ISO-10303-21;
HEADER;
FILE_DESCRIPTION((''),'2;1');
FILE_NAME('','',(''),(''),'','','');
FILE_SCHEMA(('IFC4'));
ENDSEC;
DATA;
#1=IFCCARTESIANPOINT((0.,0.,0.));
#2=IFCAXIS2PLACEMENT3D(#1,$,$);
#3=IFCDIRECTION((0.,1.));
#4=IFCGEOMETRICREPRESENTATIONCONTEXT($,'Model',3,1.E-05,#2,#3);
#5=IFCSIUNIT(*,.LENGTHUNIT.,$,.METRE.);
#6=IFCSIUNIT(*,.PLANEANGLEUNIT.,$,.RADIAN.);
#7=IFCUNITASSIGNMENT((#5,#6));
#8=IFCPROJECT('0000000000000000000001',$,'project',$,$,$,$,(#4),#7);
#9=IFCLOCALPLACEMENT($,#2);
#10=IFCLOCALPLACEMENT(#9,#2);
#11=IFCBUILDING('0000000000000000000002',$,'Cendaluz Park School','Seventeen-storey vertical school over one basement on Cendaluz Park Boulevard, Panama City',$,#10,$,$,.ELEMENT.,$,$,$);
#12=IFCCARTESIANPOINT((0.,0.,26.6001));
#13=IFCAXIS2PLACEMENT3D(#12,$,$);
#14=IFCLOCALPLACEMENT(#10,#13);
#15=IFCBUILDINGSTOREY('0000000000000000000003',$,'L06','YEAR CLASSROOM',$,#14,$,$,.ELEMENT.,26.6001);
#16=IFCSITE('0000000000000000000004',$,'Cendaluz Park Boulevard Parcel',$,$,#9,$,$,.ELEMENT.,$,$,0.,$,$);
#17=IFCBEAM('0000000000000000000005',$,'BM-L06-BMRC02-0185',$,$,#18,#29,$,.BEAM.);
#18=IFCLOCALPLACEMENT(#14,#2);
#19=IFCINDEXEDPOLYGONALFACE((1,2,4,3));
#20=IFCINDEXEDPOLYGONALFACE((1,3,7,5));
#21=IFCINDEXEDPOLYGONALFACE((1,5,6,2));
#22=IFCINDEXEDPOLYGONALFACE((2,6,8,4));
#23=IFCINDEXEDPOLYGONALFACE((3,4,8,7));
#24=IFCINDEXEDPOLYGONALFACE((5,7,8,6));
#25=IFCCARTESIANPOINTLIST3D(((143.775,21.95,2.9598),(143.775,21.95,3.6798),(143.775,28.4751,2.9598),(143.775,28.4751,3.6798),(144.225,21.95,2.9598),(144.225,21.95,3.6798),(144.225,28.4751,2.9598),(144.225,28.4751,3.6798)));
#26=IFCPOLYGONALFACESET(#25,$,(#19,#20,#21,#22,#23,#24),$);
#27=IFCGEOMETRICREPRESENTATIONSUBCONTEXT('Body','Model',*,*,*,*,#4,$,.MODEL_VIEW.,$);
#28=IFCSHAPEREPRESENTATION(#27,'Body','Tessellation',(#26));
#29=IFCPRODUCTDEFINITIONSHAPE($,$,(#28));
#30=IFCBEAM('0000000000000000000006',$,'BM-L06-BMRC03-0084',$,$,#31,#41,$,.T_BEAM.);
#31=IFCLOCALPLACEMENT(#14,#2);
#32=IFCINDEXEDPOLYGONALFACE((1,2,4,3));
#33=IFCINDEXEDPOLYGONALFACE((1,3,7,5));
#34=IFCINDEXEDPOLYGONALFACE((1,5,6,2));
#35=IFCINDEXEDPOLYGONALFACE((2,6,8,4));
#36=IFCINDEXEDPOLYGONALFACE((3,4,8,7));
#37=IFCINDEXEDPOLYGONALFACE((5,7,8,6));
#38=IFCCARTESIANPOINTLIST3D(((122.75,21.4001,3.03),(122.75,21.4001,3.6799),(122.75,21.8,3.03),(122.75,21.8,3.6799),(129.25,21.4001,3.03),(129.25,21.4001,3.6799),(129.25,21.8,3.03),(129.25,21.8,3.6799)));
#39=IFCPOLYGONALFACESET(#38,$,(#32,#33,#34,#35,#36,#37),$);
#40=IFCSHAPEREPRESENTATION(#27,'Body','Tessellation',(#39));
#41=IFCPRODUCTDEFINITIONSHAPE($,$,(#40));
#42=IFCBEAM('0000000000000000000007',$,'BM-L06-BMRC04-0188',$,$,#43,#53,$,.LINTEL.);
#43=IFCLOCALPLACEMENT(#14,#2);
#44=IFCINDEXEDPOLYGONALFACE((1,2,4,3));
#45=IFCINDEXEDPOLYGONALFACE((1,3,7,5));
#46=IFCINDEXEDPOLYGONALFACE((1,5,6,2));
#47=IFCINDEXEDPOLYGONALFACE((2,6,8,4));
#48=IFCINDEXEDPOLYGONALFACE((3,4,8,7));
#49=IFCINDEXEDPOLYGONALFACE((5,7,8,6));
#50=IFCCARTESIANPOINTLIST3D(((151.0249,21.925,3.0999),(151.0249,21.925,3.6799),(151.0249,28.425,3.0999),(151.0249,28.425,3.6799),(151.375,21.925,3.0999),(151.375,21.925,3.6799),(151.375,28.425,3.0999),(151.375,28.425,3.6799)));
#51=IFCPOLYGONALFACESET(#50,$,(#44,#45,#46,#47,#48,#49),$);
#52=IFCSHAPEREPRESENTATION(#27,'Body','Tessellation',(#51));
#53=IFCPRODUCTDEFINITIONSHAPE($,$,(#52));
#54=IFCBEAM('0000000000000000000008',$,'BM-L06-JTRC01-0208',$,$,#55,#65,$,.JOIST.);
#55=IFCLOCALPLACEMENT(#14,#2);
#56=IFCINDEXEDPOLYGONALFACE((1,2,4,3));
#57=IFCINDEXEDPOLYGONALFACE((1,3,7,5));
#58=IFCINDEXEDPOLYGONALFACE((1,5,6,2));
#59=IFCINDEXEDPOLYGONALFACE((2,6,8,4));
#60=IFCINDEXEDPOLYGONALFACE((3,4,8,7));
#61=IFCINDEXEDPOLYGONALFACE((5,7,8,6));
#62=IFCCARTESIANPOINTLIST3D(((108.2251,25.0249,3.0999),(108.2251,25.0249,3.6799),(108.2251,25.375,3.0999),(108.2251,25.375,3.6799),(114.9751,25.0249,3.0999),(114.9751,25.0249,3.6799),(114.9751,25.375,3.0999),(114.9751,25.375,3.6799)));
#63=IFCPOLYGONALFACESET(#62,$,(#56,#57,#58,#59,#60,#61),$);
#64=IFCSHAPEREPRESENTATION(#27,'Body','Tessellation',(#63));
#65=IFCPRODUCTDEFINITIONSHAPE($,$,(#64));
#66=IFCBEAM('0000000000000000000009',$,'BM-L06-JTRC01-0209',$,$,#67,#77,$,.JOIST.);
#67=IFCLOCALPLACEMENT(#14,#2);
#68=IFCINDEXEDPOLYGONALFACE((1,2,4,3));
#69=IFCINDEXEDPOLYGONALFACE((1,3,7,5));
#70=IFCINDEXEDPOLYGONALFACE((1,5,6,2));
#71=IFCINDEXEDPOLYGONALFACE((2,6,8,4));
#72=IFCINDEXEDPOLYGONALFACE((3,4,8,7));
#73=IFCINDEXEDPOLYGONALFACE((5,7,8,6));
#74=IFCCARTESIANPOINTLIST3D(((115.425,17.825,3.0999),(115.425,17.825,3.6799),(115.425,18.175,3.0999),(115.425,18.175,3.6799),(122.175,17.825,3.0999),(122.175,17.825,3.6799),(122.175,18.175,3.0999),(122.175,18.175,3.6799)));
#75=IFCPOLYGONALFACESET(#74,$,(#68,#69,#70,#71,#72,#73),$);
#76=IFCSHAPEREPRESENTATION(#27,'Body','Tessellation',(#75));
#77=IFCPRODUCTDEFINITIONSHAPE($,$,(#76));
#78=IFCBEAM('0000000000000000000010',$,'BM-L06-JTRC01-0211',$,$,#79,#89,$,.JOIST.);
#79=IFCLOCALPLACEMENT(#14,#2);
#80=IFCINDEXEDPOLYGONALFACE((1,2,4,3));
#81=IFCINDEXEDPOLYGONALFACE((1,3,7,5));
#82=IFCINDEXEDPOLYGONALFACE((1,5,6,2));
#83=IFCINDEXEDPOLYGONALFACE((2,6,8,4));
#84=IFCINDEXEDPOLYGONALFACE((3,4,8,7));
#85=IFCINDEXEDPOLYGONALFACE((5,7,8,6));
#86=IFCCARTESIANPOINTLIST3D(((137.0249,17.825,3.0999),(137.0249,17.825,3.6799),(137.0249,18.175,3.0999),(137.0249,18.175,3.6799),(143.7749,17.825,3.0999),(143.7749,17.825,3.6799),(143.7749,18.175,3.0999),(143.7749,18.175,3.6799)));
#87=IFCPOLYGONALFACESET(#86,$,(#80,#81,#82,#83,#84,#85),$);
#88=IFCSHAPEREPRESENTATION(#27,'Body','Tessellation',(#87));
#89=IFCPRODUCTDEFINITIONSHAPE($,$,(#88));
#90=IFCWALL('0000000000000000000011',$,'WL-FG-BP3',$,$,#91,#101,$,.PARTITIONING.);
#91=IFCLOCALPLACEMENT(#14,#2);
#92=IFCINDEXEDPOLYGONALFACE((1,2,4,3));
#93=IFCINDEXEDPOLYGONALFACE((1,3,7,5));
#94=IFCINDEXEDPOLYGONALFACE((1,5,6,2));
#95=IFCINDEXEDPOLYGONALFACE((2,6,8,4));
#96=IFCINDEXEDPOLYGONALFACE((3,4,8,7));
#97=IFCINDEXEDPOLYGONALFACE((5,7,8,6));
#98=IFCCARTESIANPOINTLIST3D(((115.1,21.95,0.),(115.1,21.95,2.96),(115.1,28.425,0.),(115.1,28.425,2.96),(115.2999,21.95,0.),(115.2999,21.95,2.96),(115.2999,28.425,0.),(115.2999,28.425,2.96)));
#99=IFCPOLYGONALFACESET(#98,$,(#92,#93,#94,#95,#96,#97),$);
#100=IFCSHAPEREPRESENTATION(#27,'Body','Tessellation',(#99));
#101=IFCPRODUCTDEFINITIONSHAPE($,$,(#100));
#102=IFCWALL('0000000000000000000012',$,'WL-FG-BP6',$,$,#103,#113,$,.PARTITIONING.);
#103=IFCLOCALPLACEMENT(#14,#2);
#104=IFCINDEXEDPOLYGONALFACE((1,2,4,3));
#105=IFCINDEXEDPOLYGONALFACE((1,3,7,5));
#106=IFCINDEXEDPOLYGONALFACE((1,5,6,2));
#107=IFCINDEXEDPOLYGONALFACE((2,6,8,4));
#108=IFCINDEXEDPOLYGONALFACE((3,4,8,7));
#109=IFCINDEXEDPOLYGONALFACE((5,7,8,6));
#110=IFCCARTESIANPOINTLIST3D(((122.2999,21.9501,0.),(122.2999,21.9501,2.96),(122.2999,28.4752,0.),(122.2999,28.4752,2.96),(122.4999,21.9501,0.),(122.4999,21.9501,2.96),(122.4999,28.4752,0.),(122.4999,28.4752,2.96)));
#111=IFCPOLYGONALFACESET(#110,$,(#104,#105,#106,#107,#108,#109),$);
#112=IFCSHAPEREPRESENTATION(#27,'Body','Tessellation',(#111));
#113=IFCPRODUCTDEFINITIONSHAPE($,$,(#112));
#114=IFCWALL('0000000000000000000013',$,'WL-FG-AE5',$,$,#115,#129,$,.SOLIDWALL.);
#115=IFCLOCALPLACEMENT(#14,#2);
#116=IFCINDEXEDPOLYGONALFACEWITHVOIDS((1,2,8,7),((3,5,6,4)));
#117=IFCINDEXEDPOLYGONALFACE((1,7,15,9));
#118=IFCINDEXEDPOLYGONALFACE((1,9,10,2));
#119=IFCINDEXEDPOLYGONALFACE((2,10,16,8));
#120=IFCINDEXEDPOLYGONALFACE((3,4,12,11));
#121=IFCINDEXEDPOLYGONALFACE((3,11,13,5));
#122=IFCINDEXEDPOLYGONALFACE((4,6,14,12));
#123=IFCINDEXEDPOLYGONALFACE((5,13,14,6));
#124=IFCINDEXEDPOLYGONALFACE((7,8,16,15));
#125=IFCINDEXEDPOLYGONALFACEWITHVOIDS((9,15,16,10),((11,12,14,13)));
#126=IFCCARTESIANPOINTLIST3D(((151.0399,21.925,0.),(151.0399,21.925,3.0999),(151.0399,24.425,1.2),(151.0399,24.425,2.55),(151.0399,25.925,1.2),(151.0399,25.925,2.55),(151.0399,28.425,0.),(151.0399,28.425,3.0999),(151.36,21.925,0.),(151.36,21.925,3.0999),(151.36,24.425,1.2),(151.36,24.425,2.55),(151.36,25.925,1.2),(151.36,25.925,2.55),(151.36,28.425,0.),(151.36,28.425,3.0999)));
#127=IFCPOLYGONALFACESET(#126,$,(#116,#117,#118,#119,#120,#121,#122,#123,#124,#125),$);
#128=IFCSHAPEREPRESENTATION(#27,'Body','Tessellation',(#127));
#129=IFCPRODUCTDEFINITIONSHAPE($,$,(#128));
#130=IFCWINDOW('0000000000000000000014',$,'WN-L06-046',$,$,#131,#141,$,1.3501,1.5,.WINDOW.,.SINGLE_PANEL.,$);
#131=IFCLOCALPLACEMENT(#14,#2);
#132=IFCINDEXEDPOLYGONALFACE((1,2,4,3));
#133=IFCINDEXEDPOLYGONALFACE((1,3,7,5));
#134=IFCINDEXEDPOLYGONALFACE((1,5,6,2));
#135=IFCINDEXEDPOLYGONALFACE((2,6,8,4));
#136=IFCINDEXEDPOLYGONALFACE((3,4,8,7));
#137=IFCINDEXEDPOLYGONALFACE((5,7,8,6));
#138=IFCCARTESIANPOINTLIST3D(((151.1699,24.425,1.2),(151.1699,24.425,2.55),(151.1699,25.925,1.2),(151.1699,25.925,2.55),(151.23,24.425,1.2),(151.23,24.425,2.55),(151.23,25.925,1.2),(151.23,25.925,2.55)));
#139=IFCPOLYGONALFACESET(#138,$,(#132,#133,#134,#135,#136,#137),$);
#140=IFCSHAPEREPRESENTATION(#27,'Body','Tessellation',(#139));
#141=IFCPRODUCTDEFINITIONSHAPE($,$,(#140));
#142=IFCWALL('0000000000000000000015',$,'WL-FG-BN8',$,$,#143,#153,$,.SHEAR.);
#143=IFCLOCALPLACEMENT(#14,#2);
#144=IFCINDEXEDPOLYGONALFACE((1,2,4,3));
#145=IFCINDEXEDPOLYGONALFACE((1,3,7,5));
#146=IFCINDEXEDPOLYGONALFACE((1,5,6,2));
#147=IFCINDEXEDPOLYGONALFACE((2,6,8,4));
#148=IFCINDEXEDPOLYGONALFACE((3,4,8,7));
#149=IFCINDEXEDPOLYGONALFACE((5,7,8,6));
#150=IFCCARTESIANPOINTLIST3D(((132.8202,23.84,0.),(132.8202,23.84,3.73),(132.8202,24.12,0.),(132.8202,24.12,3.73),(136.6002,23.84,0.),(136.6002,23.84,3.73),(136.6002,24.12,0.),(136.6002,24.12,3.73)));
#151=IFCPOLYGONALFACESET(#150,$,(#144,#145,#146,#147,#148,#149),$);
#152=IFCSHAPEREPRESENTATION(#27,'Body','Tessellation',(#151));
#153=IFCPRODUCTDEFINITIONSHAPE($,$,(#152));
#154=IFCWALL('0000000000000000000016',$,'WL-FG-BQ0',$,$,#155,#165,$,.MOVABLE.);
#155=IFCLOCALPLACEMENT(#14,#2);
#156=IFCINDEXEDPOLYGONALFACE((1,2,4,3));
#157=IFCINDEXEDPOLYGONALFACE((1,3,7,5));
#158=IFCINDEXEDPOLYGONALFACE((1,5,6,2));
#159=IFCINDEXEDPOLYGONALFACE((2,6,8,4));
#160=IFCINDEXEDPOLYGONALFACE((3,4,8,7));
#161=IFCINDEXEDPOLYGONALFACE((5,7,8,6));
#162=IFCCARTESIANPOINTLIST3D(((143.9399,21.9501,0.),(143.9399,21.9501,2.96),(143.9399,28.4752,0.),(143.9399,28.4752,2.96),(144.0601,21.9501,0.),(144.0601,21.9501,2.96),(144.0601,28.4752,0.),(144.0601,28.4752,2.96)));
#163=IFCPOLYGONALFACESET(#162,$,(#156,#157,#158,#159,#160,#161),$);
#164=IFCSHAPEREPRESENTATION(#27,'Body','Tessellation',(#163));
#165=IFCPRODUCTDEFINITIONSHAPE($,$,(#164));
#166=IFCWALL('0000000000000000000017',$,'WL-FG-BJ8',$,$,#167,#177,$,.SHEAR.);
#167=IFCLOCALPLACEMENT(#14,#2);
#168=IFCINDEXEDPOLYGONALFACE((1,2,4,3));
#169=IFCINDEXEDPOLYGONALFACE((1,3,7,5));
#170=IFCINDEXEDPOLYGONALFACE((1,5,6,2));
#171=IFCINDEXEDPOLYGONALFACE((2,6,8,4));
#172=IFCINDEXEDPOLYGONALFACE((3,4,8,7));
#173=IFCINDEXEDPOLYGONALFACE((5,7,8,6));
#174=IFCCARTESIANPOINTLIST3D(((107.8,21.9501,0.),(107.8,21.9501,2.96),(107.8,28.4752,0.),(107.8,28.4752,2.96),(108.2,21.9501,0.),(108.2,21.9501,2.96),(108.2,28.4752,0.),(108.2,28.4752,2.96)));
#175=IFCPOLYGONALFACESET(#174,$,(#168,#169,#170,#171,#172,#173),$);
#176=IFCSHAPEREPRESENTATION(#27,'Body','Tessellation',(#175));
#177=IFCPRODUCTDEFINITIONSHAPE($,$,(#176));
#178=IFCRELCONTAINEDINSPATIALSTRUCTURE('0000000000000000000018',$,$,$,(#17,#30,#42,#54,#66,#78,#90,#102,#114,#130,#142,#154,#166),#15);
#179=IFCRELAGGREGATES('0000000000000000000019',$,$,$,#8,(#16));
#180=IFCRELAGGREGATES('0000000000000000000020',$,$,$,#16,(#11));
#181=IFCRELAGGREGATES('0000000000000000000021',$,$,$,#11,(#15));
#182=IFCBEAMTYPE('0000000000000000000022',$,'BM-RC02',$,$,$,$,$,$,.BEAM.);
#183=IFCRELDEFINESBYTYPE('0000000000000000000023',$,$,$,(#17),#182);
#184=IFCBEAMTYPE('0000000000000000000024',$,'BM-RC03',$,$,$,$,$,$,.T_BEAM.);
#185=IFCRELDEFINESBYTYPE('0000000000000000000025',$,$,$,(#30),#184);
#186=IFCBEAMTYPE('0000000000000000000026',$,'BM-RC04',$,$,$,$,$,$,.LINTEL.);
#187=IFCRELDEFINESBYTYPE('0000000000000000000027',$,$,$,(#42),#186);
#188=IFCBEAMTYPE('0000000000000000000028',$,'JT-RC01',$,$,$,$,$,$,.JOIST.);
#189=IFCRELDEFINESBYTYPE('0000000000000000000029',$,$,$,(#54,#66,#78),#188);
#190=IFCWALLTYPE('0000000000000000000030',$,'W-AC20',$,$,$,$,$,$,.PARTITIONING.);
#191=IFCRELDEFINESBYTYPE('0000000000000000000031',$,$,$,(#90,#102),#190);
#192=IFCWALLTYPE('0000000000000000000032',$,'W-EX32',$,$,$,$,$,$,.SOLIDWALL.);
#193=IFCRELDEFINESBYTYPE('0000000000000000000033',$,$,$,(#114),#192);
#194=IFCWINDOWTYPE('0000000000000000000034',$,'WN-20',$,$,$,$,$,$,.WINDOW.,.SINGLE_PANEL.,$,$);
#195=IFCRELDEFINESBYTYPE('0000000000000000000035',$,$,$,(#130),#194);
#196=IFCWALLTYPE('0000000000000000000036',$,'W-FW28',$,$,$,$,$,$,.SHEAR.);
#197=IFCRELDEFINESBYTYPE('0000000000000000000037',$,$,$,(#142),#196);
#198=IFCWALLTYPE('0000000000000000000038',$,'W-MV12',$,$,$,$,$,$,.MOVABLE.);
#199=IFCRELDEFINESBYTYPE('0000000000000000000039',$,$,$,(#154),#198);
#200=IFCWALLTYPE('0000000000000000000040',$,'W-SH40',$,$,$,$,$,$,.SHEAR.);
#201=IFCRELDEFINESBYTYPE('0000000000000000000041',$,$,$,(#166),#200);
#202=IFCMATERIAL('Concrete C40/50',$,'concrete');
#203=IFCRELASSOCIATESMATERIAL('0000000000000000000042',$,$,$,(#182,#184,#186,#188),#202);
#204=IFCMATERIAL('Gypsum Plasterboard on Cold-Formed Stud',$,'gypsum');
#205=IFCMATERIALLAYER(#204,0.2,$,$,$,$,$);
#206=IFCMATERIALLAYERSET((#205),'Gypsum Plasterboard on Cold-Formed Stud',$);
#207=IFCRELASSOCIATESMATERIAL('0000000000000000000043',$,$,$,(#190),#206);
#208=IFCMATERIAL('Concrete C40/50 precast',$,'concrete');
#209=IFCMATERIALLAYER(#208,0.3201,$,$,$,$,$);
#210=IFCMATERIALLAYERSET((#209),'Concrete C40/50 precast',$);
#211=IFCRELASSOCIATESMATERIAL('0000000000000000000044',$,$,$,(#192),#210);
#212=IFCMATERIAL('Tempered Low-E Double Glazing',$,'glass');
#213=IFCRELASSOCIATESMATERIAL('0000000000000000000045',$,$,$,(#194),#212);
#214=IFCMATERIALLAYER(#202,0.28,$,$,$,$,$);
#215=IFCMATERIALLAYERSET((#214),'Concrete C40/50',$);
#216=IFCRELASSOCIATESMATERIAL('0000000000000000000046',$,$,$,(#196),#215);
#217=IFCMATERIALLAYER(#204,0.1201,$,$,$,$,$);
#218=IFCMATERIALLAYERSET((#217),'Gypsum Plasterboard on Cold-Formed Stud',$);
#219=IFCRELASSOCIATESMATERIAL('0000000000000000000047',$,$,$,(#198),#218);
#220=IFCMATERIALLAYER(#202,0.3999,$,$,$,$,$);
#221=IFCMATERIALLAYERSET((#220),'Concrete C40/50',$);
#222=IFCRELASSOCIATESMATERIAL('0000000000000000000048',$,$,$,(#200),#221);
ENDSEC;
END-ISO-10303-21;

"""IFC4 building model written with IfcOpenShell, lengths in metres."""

from ifc_helpers import new_model, si_unit, direction, frame, frame_2d, origin, origin_2d, place, context, subcontext, project, spatial, rectangle, extrude, material, layer, layer_set, material_profile, profile_set, type_object, element, fill, save


model = new_model("IFC4")

# Units and contexts
model_context = context("Model", 3, precision=1e-05, world=origin(), true_north=direction((0.0, 1.0)))
body_context = subcontext(model_context, "Body", "Model", "MODEL_VIEW")
ifc_project = project(units=[si_unit("LENGTHUNIT", "METRE"), si_unit("PLANEANGLEUNIT", "RADIAN")], contexts=[model_context])

# Site, building, storey
site_placement = place(None, origin())
site = spatial("IfcSite", under=ifc_project, at=site_placement, Name="Cendaluz Park Boulevard Parcel", CompositionType="ELEMENT", RefElevation=0.0)
building_placement = place(site_placement, origin())
building = spatial("IfcBuilding", under=site, at=building_placement, Name="Cendaluz Park School", Description="Seventeen-storey vertical school over one basement on Cendaluz Park Boulevard, Panama City", CompositionType="ELEMENT")
storey_placement = place(building_placement, frame((0.0, 0.0, 26.6001)))
storey = spatial("IfcBuildingStorey", under=building, at=storey_placement, Name="L06", Description="YEAR CLASSROOM", CompositionType="ELEMENT", Elevation=26.6001)

# Shared definitions
ifc_material_1 = material(Name="Concrete C40/50", Category="concrete")

# Beams
ifc_material_profile_1 = material_profile(ifc_material_1, rectangle(XDim=0.45, YDim=0.72, at=origin_2d()), Name="RC 450x720", Category="concrete")
ifc_profile_set_1 = profile_set([ifc_material_profile_1], Name="Concrete C40/50")
beam_type_1 = type_object("IfcBeamType", Name="BM-RC02", PredefinedType="BEAM", material=ifc_profile_set_1)
for number, where, z_axis, x_axis, name in (
    (1, (144.0, 21.95, 3.3198), (0.0, 1.0, 0.0), (-1.0, 0.0, 0.0), "BM-L06-BMRC02-0185"),
):
    element("IfcBeam", number, at=place(storey_placement, frame(where, z_axis=z_axis, x_axis=x_axis)), inside=storey, type_object=beam_type_1, Name=name, PredefinedType="BEAM", context=body_context, shape_type="SweptSolid", body=[
        extrude(rectangle(XDim=0.45, YDim=0.72, at=origin_2d()), origin(), (0.0, 0.0, 1.0), 6.5251),
    ])
ifc_material_profile_2 = material_profile(ifc_material_1, rectangle(XDim=0.3999, YDim=0.6499, at=origin_2d()), Name="RC 400x650", Category="concrete")
ifc_profile_set_2 = profile_set([ifc_material_profile_2], Name="Concrete C40/50")
beam_type_2 = type_object("IfcBeamType", Name="BM-RC03", PredefinedType="T_BEAM", material=ifc_profile_set_2)
beam_1_placement = place(storey_placement, frame((122.75, 21.6001, 3.355), z_axis=(1.0, 0.0, 0.0), x_axis=(0.0, 1.0, 0.0)))
element("IfcBeam", 2, at=beam_1_placement, inside=storey, type_object=beam_type_2, Name="BM-L06-BMRC03-0084", PredefinedType="T_BEAM", context=body_context, shape_type="SweptSolid", body=[
    extrude(rectangle(XDim=0.3999, YDim=0.6499, at=origin_2d()), origin(), (0.0, 0.0, 1.0), 6.5),
])
ifc_material_profile_3 = material_profile(ifc_material_1, rectangle(XDim=0.3501, YDim=0.5801, at=origin_2d()), Name="RC 350x580", Category="concrete")
ifc_profile_set_3 = profile_set([ifc_material_profile_3], Name="Concrete C40/50")
beam_type_3 = type_object("IfcBeamType", Name="BM-RC04", PredefinedType="LINTEL", material=ifc_profile_set_3)
beam_2_placement = place(storey_placement, frame((151.2, 21.925, 3.3899), z_axis=(0.0, 1.0, 0.0), x_axis=(-1.0, 0.0, 0.0)))
element("IfcBeam", 3, at=beam_2_placement, inside=storey, type_object=beam_type_3, Name="BM-L06-BMRC04-0188", PredefinedType="LINTEL", context=body_context, shape_type="SweptSolid", body=[
    extrude(rectangle(XDim=0.3501, YDim=0.5801, at=origin_2d()), origin(), (0.0, 0.0, 1.0), 6.5),
])
ifc_material_profile_4 = material_profile(ifc_material_1, rectangle(XDim=0.3501, YDim=0.5801, at=origin_2d()), Name="RC 350x580", Category="concrete")
ifc_profile_set_4 = profile_set([ifc_material_profile_4], Name="Concrete C40/50")
beam_type_4 = type_object("IfcBeamType", Name="JT-RC01", PredefinedType="JOIST", material=ifc_profile_set_4)
for number, where, z_axis, x_axis, name in (
    (4, (108.2251, 25.2, 3.3899), (1.0, 0.0, 0.0), (0.0, 1.0, 0.0), "BM-L06-JTRC01-0208"),
    (5, (115.425, 18.0, 3.3899), (1.0, 0.0, 0.0), (0.0, 1.0, 0.0), "BM-L06-JTRC01-0209"),
    (6, (137.0249, 18.0, 3.3899), (1.0, 0.0, 0.0), (0.0, 1.0, 0.0), "BM-L06-JTRC01-0211"),
):
    element("IfcBeam", number, at=place(storey_placement, frame(where, z_axis=z_axis, x_axis=x_axis)), inside=storey, type_object=beam_type_4, Name=name, PredefinedType="JOIST", context=body_context, shape_type="SweptSolid", body=[
        extrude(rectangle(XDim=0.3501, YDim=0.5801, at=origin_2d()), origin(), (0.0, 0.0, 1.0), 6.75),
    ])

# Walls
ifc_material_2 = material(Name="Gypsum Plasterboard on Cold-Formed Stud", Category="gypsum")
ifc_layer_1 = layer(ifc_material_2, 0.2)
ifc_layer_set_1 = layer_set([ifc_layer_1], Name="Gypsum Plasterboard on Cold-Formed Stud")
wall_type_1 = type_object("IfcWallType", Name="W-AC20", PredefinedType="PARTITIONING", material=ifc_layer_set_1)
wall_1_placement = place(storey_placement, frame((115.2, 21.95, 0.0), z_axis=(0.0, 0.0, 1.0), x_axis=(0.0, 1.0, 0.0)))
element("IfcWall", 7, at=wall_1_placement, inside=storey, type_object=wall_type_1, Name="WL-FG-BP3", PredefinedType="PARTITIONING", context=body_context, shape_type="SweptSolid", body=[
    extrude(rectangle(XDim=6.4751, YDim=0.2, at=frame_2d((3.2375, 0.0))), origin(), (0.0, 0.0, 1.0), 2.96),
])
wall_2_placement = place(storey_placement, frame((122.3999, 21.95, 0.0), z_axis=(0.0, 0.0, 1.0), x_axis=(0.0, 1.0, 0.0)))
element("IfcWall", 8, at=wall_2_placement, inside=storey, type_object=wall_type_1, Name="WL-FG-BP6", PredefinedType="PARTITIONING", context=body_context, shape_type="SweptSolid", body=[
    extrude(rectangle(XDim=6.5251, YDim=0.2, at=frame_2d((3.2627, 0.0))), origin(), (0.0, 0.0, 1.0), 2.96),
])

# Wall, opening, window
ifc_material_3 = material(Name="Concrete C40/50 precast", Category="concrete")
ifc_layer_2 = layer(ifc_material_3, 0.3201)
ifc_layer_set_2 = layer_set([ifc_layer_2], Name="Concrete C40/50 precast")
wall_type_2 = type_object("IfcWallType", Name="W-EX32", PredefinedType="SOLIDWALL", material=ifc_layer_set_2)
wall_3_placement = place(storey_placement, frame((151.2, 21.925, 0.0), z_axis=(0.0, 0.0, 1.0), x_axis=(0.0, 1.0, 0.0)))
wall_3 = element("IfcWall", 9, at=wall_3_placement, inside=storey, type_object=wall_type_2, Name="WL-FG-AE5", PredefinedType="SOLIDWALL", context=body_context, shape_type="SweptSolid", body=[
    extrude(rectangle(XDim=6.5, YDim=0.3201, at=frame_2d((3.25, 0.0))), origin(), (0.0, 0.0, 1.0), 3.0999),
])
opening_1_placement = place(wall_3_placement, frame((2.5, 0.0, 1.2)))
opening_1 = element("IfcOpeningElement", 10, at=opening_1_placement, cuts=wall_3, PredefinedType="OPENING", context=body_context, shape_type="SweptSolid", body=[
    extrude(rectangle(XDim=1.5, YDim=1.3501, at=frame_2d((0.75, 0.675))), frame((0.0, 0.1721, 0.0), z_axis=(0.0, -1.0, 0.0), x_axis=(1.0, 0.0, 0.0)), (0.0, 0.0, 1.0), 0.344),
])
ifc_material_4 = material(Name="Tempered Low-E Double Glazing", Category="glass")
window_type = type_object("IfcWindowType", Name="WN-20", PartitioningType="SINGLE_PANEL", PredefinedType="WINDOW", material=ifc_material_4)
window_placement = place(opening_1_placement, origin())
window = element("IfcWindow", 11, at=window_placement, inside=storey, type_object=window_type, Name="WN-L06-046", OverallHeight=1.3501, OverallWidth=1.5, PartitioningType="SINGLE_PANEL", PredefinedType="WINDOW", context=body_context, shape_type="SweptSolid", body=[
    extrude(rectangle(XDim=1.5, YDim=1.3501, at=frame_2d((0.75, 0.675))), frame((0.0, 0.03, 0.0), z_axis=(0.0, -1.0, 0.0), x_axis=(1.0, 0.0, 0.0)), (0.0, 0.0, 1.0), 0.0601),
])
fill(opening_1, window)

# Wall
ifc_layer_3 = layer(ifc_material_1, 0.28)
ifc_layer_set_3 = layer_set([ifc_layer_3], Name="Concrete C40/50")
wall_type_3 = type_object("IfcWallType", Name="W-FW28", PredefinedType="SHEAR", material=ifc_layer_set_3)
wall_4_placement = place(storey_placement, frame((132.8201, 23.98, 0.0), z_axis=(0.0, 0.0, 1.0), x_axis=(1.0, 0.0, 0.0)))
element("IfcWall", 12, at=wall_4_placement, inside=storey, type_object=wall_type_3, Name="WL-FG-BN8", PredefinedType="SHEAR", context=body_context, shape_type="SweptSolid", body=[
    extrude(rectangle(XDim=3.78, YDim=0.28, at=frame_2d((1.8901, 0.0))), origin(), (0.0, 0.0, 1.0), 3.73),
])

# Walls
ifc_layer_4 = layer(ifc_material_2, 0.1201)
ifc_layer_set_4 = layer_set([ifc_layer_4], Name="Gypsum Plasterboard on Cold-Formed Stud")
wall_type_4 = type_object("IfcWallType", Name="W-MV12", PredefinedType="MOVABLE", material=ifc_layer_set_4)
wall_5_placement = place(storey_placement, frame((144.0, 21.95, 0.0), z_axis=(0.0, 0.0, 1.0), x_axis=(0.0, 1.0, 0.0)))
element("IfcWall", 13, at=wall_5_placement, inside=storey, type_object=wall_type_4, Name="WL-FG-BQ0", PredefinedType="MOVABLE", context=body_context, shape_type="SweptSolid", body=[
    extrude(rectangle(XDim=6.5251, YDim=0.1201, at=frame_2d((3.2627, 0.0))), origin(), (0.0, 0.0, 1.0), 2.96),
])
ifc_layer_5 = layer(ifc_material_1, 0.3999)
ifc_layer_set_5 = layer_set([ifc_layer_5], Name="Concrete C40/50")
wall_type_5 = type_object("IfcWallType", Name="W-SH40", PredefinedType="SHEAR", material=ifc_layer_set_5)
for number, where, z_axis, x_axis, name in (
    (14, (108.0, 21.95, 0.0), (0.0, 0.0, 1.0), (0.0, 1.0, 0.0), "WL-FG-BJ8"),
):
    element("IfcWall", number, at=place(storey_placement, frame(where, z_axis=z_axis, x_axis=x_axis)), inside=storey, type_object=wall_type_5, Name=name, PredefinedType="SHEAR", context=body_context, shape_type="SweptSolid", body=[
        extrude(rectangle(XDim=6.5251, YDim=0.3999, at=frame_2d((3.2627, 0.0))), origin(), (0.0, 0.0, 1.0), 2.96),
    ])

save(model, "model.ifc")
